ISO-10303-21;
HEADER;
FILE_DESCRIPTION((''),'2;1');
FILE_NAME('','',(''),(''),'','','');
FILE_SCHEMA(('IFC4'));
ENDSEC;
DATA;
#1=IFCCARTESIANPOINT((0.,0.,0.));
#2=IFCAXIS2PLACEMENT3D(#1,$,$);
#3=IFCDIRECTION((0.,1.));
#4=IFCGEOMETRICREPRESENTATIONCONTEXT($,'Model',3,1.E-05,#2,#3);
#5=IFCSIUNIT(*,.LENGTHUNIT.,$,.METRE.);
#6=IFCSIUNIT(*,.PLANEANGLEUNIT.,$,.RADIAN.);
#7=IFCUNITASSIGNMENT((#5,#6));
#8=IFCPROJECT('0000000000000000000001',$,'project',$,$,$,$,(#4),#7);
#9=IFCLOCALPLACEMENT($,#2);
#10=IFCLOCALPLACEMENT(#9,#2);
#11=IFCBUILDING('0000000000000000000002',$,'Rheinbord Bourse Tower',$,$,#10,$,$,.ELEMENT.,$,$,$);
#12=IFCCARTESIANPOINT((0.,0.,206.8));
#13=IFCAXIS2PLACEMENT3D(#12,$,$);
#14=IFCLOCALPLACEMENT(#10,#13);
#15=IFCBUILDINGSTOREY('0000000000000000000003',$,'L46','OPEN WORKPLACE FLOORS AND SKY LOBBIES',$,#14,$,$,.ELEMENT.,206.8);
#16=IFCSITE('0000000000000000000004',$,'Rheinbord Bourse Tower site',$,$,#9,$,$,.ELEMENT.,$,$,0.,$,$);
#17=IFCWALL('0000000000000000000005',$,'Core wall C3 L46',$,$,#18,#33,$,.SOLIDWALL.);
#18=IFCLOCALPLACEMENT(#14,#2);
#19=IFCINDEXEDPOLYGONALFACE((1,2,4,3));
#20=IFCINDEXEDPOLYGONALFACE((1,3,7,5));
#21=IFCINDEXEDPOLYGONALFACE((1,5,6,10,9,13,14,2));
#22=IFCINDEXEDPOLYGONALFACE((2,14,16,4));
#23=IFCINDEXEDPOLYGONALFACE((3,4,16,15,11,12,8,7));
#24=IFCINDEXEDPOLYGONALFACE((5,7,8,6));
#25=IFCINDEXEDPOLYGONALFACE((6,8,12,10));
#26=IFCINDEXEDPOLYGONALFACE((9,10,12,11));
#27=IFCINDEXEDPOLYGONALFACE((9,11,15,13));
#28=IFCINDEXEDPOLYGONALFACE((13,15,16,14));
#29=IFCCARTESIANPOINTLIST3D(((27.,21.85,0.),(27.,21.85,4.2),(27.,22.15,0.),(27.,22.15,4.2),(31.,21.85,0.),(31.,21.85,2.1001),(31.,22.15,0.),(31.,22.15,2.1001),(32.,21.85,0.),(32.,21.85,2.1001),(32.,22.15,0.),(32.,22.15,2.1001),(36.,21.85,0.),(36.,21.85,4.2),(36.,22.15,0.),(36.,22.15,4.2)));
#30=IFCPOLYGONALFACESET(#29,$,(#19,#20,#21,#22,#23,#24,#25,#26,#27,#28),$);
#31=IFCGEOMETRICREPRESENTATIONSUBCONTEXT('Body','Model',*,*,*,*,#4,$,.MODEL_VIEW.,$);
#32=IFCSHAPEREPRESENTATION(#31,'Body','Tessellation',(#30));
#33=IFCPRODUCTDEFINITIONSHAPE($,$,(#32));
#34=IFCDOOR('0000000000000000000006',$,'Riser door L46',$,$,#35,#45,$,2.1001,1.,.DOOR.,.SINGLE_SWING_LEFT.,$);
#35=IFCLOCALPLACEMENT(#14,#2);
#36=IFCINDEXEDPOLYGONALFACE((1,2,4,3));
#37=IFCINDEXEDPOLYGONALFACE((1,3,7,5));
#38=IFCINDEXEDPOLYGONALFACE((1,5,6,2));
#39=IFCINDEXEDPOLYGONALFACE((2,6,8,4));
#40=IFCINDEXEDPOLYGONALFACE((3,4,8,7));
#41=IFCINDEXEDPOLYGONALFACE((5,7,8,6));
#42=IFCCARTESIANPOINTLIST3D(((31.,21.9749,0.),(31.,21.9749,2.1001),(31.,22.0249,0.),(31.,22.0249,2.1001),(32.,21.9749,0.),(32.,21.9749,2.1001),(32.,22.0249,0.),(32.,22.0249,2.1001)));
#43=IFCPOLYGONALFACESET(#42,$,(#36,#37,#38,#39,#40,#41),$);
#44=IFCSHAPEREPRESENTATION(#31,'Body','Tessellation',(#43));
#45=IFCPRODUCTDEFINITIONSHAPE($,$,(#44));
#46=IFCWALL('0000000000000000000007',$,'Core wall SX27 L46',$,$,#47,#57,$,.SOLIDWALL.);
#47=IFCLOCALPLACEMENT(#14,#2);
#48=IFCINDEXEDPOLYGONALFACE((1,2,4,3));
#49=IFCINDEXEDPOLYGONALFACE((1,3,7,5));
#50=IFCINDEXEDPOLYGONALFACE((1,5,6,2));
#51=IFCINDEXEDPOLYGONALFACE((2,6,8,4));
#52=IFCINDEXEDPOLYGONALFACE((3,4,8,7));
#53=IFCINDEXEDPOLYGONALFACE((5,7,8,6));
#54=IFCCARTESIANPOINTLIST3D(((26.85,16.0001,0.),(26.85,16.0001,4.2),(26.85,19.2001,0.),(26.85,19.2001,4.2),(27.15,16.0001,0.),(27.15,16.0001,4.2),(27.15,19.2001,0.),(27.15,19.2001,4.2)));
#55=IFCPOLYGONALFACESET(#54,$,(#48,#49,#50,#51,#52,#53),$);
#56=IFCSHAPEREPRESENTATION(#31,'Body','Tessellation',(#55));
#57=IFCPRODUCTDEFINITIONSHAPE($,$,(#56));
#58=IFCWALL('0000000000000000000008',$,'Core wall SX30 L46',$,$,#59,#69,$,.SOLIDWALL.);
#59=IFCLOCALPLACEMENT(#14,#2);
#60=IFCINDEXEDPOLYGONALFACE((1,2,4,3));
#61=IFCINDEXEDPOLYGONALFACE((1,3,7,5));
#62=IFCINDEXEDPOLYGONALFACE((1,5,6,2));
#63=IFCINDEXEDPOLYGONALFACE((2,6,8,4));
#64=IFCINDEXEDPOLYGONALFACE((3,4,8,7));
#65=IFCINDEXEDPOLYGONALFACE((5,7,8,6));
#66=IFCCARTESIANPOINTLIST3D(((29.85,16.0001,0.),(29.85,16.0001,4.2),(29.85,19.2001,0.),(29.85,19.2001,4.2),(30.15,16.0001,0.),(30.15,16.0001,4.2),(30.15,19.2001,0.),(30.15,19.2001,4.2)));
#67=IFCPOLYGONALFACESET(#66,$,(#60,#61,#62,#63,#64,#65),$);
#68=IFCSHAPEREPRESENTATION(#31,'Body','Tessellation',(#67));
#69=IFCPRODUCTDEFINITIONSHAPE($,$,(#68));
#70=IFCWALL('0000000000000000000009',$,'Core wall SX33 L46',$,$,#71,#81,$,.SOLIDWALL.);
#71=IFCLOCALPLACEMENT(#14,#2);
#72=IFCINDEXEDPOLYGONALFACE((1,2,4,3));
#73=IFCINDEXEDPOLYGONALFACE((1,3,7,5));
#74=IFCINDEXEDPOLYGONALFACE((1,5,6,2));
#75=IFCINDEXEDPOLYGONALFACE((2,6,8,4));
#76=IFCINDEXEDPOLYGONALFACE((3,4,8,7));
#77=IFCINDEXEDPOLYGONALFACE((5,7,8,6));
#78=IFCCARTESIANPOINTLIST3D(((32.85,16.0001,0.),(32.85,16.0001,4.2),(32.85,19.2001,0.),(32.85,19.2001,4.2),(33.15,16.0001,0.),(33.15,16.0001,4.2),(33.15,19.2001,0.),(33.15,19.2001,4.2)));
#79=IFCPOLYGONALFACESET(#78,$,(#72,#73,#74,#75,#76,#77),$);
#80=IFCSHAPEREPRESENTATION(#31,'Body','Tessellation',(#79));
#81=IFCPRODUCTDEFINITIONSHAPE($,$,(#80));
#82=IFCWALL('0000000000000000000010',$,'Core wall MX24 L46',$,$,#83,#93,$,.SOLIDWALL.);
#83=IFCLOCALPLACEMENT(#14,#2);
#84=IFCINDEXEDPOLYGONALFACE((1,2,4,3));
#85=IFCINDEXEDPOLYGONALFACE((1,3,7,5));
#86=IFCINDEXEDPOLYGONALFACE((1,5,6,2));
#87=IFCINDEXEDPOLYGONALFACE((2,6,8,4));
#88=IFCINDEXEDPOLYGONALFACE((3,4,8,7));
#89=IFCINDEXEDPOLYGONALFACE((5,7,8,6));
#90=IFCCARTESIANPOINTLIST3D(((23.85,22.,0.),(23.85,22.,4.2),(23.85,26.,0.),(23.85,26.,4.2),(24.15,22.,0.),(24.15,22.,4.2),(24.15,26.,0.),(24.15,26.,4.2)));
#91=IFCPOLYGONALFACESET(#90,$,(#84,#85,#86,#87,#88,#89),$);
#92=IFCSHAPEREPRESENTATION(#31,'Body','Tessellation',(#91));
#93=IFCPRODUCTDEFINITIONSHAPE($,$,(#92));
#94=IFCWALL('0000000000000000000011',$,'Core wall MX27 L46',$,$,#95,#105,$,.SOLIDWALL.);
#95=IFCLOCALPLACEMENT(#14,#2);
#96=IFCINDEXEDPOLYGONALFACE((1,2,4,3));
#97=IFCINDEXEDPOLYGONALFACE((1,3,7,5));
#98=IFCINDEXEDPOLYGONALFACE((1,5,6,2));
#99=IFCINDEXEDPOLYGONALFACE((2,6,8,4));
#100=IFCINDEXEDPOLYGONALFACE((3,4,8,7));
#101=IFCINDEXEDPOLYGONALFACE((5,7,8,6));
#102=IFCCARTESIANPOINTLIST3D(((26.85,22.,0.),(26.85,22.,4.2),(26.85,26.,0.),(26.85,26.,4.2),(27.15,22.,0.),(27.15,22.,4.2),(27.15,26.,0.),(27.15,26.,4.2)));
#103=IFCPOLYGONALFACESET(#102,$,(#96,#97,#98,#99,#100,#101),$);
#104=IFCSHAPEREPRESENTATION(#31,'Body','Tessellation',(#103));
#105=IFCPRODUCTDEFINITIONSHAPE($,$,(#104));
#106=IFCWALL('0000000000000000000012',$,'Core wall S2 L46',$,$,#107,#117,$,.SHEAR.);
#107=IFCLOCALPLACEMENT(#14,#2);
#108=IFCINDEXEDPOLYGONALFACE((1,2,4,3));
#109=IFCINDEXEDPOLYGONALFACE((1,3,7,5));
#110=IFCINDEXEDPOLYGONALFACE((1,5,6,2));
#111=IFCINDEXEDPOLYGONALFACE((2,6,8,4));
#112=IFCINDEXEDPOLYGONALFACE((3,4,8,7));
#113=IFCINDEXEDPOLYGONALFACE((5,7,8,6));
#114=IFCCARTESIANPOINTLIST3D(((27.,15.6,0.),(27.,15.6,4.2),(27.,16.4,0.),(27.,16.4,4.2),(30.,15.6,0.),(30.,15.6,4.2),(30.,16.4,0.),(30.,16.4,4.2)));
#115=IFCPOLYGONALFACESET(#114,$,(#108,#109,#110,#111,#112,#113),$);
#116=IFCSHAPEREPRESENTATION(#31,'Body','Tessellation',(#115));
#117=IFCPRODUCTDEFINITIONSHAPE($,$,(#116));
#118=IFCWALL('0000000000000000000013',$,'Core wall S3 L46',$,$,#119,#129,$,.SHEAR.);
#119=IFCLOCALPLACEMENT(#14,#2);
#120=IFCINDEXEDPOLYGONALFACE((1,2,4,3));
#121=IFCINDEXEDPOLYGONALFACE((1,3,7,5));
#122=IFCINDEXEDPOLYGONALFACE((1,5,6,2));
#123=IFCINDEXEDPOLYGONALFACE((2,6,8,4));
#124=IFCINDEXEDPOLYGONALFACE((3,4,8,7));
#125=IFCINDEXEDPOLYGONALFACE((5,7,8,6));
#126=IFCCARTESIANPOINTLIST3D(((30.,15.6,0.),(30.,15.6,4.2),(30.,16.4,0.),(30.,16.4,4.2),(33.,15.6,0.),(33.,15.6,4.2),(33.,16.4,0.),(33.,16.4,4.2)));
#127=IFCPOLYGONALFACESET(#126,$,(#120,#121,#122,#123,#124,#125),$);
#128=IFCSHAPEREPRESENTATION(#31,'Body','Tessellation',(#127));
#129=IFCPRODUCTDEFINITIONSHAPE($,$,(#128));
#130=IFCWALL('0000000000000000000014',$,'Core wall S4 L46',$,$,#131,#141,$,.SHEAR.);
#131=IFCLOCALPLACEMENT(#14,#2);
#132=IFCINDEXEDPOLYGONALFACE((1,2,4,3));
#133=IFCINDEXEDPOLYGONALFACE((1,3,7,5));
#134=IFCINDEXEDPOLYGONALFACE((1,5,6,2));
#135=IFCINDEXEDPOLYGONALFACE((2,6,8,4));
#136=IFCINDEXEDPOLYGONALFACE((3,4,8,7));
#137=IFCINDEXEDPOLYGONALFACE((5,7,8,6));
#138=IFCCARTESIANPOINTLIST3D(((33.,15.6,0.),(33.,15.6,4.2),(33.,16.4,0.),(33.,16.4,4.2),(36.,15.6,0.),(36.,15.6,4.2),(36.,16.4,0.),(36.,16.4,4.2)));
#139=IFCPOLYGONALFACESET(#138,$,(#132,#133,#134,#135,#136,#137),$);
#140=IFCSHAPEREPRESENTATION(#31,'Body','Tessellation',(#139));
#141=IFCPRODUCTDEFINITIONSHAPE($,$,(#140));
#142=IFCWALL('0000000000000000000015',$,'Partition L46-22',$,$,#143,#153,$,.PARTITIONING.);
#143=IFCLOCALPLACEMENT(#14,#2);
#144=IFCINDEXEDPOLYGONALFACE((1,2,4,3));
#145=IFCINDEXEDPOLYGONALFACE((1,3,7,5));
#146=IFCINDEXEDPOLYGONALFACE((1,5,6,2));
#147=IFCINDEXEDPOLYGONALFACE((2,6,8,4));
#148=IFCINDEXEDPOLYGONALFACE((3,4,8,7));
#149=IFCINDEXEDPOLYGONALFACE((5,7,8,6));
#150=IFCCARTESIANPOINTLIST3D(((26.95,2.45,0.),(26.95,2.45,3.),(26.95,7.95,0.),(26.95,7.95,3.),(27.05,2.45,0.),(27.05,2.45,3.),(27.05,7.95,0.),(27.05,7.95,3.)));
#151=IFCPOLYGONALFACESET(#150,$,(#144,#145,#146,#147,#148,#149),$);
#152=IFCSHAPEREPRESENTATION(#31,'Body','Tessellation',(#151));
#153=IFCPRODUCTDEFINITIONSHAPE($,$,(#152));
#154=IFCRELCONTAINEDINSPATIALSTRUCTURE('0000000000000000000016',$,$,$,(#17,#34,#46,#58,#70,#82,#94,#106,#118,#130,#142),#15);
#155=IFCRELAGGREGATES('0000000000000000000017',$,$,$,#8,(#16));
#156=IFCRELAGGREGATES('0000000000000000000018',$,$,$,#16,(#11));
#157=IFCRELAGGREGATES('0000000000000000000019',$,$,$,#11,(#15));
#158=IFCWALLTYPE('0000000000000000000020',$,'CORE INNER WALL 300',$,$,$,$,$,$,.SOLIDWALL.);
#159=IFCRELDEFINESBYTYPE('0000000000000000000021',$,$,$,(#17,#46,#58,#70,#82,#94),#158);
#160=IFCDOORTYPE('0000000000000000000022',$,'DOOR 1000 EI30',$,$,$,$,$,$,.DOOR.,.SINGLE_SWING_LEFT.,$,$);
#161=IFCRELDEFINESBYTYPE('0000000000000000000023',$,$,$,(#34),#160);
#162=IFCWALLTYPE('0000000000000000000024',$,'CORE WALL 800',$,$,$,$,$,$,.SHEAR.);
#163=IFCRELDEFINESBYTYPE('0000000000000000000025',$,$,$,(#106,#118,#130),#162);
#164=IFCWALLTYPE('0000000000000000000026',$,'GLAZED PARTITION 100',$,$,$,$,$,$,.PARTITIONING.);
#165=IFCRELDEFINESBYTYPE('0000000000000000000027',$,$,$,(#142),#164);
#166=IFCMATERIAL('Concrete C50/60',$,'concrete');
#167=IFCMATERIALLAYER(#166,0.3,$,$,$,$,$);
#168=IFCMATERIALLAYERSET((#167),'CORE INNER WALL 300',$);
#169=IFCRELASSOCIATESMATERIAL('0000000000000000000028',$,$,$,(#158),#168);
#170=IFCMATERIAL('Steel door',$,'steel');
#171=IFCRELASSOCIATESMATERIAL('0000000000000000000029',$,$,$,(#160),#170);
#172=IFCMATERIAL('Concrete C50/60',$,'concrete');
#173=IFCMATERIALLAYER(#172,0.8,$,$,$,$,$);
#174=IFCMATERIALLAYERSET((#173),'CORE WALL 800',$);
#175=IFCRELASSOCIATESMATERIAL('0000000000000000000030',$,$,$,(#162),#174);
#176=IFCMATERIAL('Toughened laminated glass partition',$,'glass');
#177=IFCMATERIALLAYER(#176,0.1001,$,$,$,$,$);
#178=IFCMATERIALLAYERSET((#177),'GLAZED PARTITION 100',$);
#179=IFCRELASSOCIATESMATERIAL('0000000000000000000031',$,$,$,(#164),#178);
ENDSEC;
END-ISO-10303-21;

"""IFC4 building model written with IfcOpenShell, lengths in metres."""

from ifc_helpers import new_model, si_unit, direction, frame, frame_2d, origin, place, context, subcontext, project, spatial, rectangle, extrude, material, layer, layer_set, type_object, element, fill, save


model = new_model("IFC4")

# Units and contexts
model_context = context("Model", 3, precision=1e-05, world=origin(), true_north=direction((0.0, 1.0)))
body_context = subcontext(model_context, "Body", "Model", "MODEL_VIEW")
ifc_project = project(units=[si_unit("LENGTHUNIT", "METRE"), si_unit("PLANEANGLEUNIT", "RADIAN")], contexts=[model_context])

# Site, building, storey
site_placement = place(None, origin())
site = spatial("IfcSite", under=ifc_project, at=site_placement, Name="Rheinbord Bourse Tower site", CompositionType="ELEMENT", RefElevation=0.0)
building_placement = place(site_placement, origin())
building = spatial("IfcBuilding", under=site, at=building_placement, Name="Rheinbord Bourse Tower", CompositionType="ELEMENT")
storey_placement = place(building_placement, frame((0.0, 0.0, 206.8)))
storey = spatial("IfcBuildingStorey", under=building, at=storey_placement, Name="L46", Description="OPEN WORKPLACE FLOORS AND SKY LOBBIES", CompositionType="ELEMENT", Elevation=206.8)

# Wall, opening, door
ifc_material_1 = material(Name="Concrete C50/60", Category="concrete")
ifc_layer_1 = layer(ifc_material_1, 0.3)
ifc_layer_set_1 = layer_set([ifc_layer_1], Name="CORE INNER WALL 300")
wall_type_1 = type_object("IfcWallType", Name="CORE INNER WALL 300", PredefinedType="SOLIDWALL", material=ifc_layer_set_1)
ifc_material_2 = material(Name="Steel door", Category="steel")
door_type_1 = type_object("IfcDoorType", Name="DOOR 1000 EI30", OperationType="SINGLE_SWING_LEFT", PredefinedType="DOOR", material=ifc_material_2)
wall_1_placement = place(storey_placement, frame((27.0, 22.0, 0.0), z_axis=(0.0, 0.0, 1.0), x_axis=(1.0, 0.0, 0.0)))
wall_1 = element("IfcWall", 1, at=wall_1_placement, inside=storey, type_object=wall_type_1, Name="Core wall C3 L46", PredefinedType="SOLIDWALL", context=body_context, shape_type="SweptSolid", body=[
    extrude(rectangle(XDim=9.0, YDim=0.3, at=frame_2d((4.5, 0.0))), origin(), (0.0, 0.0, 1.0), 4.2),
])
opening_1_placement = place(wall_1_placement, frame((4.0, 0.0, 0.0)))
opening_1 = element("IfcOpeningElement", 2, at=opening_1_placement, cuts=wall_1, PredefinedType="OPENING", context=body_context, shape_type="SweptSolid", body=[
    extrude(rectangle(XDim=1.0, YDim=2.1001, at=frame_2d((0.5, 1.05))), frame((0.0, 0.1599, 0.0), z_axis=(0.0, -1.0, 0.0), x_axis=(1.0, 0.0, 0.0)), (0.0, 0.0, 1.0), 0.3201),
])
door_1_placement = place(opening_1_placement, origin())
door_1 = element("IfcDoor", 3, at=door_1_placement, inside=storey, type_object=door_type_1, Name="Riser door L46", OperationType="SINGLE_SWING_LEFT", OverallHeight=2.1001, OverallWidth=1.0, PredefinedType="DOOR", context=body_context, shape_type="SweptSolid", body=[
    extrude(rectangle(XDim=1.0, YDim=2.1001, at=frame_2d((0.5, 1.05))), frame((0.0, 0.0249, 0.0), z_axis=(0.0, -1.0, 0.0), x_axis=(1.0, 0.0, 0.0)), (0.0, 0.0, 1.0), 0.05),
])
fill(opening_1, door_1)

# Walls
for number, where, z_axis, x_axis, name in (
    (4, (27.0, 16.0, 0.0), (0.0, 0.0, 1.0), (0.0, 1.0, 0.0), "Core wall SX27 L46"),
    (5, (30.0, 16.0, 0.0), (0.0, 0.0, 1.0), (0.0, 1.0, 0.0), "Core wall SX30 L46"),
    (6, (33.0, 16.0, 0.0), (0.0, 0.0, 1.0), (0.0, 1.0, 0.0), "Core wall SX33 L46"),
):
    element("IfcWall", number, at=place(storey_placement, frame(where, z_axis=z_axis, x_axis=x_axis)), inside=storey, type_object=wall_type_1, Name=name, PredefinedType="SOLIDWALL", context=body_context, shape_type="SweptSolid", body=[
        extrude(rectangle(XDim=3.2, YDim=0.3, at=frame_2d((1.6001, 0.0))), origin(), (0.0, 0.0, 1.0), 4.2),
    ])
for number, where, z_axis, x_axis, name in (
    (7, (24.0, 22.0, 0.0), (0.0, 0.0, 1.0), (0.0, 1.0, 0.0), "Core wall MX24 L46"),
    (8, (27.0, 22.0, 0.0), (0.0, 0.0, 1.0), (0.0, 1.0, 0.0), "Core wall MX27 L46"),
):
    element("IfcWall", number, at=place(storey_placement, frame(where, z_axis=z_axis, x_axis=x_axis)), inside=storey, type_object=wall_type_1, Name=name, PredefinedType="SOLIDWALL", context=body_context, shape_type="SweptSolid", body=[
        extrude(rectangle(XDim=4.0, YDim=0.3, at=frame_2d((2.0, 0.0))), origin(), (0.0, 0.0, 1.0), 4.2),
    ])
ifc_material_3 = material(Name="Concrete C50/60", Category="concrete")
ifc_layer_2 = layer(ifc_material_3, 0.8)
ifc_layer_set_2 = layer_set([ifc_layer_2], Name="CORE WALL 800")
wall_type_2 = type_object("IfcWallType", Name="CORE WALL 800", PredefinedType="SHEAR", material=ifc_layer_set_2)
for number, where, z_axis, x_axis, name in (
    (9, (27.0, 16.0, 0.0), (0.0, 0.0, 1.0), (1.0, 0.0, 0.0), "Core wall S2 L46"),
    (10, (30.0, 16.0, 0.0), (0.0, 0.0, 1.0), (1.0, 0.0, 0.0), "Core wall S3 L46"),
    (11, (33.0, 16.0, 0.0), (0.0, 0.0, 1.0), (1.0, 0.0, 0.0), "Core wall S4 L46"),
):
    element("IfcWall", number, at=place(storey_placement, frame(where, z_axis=z_axis, x_axis=x_axis)), inside=storey, type_object=wall_type_2, Name=name, PredefinedType="SHEAR", context=body_context, shape_type="SweptSolid", body=[
        extrude(rectangle(XDim=3.0, YDim=0.8, at=frame_2d((1.5, 0.0))), origin(), (0.0, 0.0, 1.0), 4.2),
    ])
ifc_material_4 = material(Name="Toughened laminated glass partition", Category="glass")
ifc_layer_3 = layer(ifc_material_4, 0.1001)
ifc_layer_set_3 = layer_set([ifc_layer_3], Name="GLAZED PARTITION 100")
wall_type_3 = type_object("IfcWallType", Name="GLAZED PARTITION 100", PredefinedType="PARTITIONING", material=ifc_layer_set_3)
wall_2_placement = place(storey_placement, frame((27.0, 2.45, 0.0), z_axis=(0.0, 0.0, 1.0), x_axis=(0.0, 1.0, 0.0)))
element("IfcWall", 12, at=wall_2_placement, inside=storey, type_object=wall_type_3, Name="Partition L46-22", PredefinedType="PARTITIONING", context=body_context, shape_type="SweptSolid", body=[
    extrude(rectangle(XDim=5.5, YDim=0.1001, at=frame_2d((2.75, 0.0))), origin(), (0.0, 0.0, 1.0), 3.0),
])

save(model, "model.ifc")
